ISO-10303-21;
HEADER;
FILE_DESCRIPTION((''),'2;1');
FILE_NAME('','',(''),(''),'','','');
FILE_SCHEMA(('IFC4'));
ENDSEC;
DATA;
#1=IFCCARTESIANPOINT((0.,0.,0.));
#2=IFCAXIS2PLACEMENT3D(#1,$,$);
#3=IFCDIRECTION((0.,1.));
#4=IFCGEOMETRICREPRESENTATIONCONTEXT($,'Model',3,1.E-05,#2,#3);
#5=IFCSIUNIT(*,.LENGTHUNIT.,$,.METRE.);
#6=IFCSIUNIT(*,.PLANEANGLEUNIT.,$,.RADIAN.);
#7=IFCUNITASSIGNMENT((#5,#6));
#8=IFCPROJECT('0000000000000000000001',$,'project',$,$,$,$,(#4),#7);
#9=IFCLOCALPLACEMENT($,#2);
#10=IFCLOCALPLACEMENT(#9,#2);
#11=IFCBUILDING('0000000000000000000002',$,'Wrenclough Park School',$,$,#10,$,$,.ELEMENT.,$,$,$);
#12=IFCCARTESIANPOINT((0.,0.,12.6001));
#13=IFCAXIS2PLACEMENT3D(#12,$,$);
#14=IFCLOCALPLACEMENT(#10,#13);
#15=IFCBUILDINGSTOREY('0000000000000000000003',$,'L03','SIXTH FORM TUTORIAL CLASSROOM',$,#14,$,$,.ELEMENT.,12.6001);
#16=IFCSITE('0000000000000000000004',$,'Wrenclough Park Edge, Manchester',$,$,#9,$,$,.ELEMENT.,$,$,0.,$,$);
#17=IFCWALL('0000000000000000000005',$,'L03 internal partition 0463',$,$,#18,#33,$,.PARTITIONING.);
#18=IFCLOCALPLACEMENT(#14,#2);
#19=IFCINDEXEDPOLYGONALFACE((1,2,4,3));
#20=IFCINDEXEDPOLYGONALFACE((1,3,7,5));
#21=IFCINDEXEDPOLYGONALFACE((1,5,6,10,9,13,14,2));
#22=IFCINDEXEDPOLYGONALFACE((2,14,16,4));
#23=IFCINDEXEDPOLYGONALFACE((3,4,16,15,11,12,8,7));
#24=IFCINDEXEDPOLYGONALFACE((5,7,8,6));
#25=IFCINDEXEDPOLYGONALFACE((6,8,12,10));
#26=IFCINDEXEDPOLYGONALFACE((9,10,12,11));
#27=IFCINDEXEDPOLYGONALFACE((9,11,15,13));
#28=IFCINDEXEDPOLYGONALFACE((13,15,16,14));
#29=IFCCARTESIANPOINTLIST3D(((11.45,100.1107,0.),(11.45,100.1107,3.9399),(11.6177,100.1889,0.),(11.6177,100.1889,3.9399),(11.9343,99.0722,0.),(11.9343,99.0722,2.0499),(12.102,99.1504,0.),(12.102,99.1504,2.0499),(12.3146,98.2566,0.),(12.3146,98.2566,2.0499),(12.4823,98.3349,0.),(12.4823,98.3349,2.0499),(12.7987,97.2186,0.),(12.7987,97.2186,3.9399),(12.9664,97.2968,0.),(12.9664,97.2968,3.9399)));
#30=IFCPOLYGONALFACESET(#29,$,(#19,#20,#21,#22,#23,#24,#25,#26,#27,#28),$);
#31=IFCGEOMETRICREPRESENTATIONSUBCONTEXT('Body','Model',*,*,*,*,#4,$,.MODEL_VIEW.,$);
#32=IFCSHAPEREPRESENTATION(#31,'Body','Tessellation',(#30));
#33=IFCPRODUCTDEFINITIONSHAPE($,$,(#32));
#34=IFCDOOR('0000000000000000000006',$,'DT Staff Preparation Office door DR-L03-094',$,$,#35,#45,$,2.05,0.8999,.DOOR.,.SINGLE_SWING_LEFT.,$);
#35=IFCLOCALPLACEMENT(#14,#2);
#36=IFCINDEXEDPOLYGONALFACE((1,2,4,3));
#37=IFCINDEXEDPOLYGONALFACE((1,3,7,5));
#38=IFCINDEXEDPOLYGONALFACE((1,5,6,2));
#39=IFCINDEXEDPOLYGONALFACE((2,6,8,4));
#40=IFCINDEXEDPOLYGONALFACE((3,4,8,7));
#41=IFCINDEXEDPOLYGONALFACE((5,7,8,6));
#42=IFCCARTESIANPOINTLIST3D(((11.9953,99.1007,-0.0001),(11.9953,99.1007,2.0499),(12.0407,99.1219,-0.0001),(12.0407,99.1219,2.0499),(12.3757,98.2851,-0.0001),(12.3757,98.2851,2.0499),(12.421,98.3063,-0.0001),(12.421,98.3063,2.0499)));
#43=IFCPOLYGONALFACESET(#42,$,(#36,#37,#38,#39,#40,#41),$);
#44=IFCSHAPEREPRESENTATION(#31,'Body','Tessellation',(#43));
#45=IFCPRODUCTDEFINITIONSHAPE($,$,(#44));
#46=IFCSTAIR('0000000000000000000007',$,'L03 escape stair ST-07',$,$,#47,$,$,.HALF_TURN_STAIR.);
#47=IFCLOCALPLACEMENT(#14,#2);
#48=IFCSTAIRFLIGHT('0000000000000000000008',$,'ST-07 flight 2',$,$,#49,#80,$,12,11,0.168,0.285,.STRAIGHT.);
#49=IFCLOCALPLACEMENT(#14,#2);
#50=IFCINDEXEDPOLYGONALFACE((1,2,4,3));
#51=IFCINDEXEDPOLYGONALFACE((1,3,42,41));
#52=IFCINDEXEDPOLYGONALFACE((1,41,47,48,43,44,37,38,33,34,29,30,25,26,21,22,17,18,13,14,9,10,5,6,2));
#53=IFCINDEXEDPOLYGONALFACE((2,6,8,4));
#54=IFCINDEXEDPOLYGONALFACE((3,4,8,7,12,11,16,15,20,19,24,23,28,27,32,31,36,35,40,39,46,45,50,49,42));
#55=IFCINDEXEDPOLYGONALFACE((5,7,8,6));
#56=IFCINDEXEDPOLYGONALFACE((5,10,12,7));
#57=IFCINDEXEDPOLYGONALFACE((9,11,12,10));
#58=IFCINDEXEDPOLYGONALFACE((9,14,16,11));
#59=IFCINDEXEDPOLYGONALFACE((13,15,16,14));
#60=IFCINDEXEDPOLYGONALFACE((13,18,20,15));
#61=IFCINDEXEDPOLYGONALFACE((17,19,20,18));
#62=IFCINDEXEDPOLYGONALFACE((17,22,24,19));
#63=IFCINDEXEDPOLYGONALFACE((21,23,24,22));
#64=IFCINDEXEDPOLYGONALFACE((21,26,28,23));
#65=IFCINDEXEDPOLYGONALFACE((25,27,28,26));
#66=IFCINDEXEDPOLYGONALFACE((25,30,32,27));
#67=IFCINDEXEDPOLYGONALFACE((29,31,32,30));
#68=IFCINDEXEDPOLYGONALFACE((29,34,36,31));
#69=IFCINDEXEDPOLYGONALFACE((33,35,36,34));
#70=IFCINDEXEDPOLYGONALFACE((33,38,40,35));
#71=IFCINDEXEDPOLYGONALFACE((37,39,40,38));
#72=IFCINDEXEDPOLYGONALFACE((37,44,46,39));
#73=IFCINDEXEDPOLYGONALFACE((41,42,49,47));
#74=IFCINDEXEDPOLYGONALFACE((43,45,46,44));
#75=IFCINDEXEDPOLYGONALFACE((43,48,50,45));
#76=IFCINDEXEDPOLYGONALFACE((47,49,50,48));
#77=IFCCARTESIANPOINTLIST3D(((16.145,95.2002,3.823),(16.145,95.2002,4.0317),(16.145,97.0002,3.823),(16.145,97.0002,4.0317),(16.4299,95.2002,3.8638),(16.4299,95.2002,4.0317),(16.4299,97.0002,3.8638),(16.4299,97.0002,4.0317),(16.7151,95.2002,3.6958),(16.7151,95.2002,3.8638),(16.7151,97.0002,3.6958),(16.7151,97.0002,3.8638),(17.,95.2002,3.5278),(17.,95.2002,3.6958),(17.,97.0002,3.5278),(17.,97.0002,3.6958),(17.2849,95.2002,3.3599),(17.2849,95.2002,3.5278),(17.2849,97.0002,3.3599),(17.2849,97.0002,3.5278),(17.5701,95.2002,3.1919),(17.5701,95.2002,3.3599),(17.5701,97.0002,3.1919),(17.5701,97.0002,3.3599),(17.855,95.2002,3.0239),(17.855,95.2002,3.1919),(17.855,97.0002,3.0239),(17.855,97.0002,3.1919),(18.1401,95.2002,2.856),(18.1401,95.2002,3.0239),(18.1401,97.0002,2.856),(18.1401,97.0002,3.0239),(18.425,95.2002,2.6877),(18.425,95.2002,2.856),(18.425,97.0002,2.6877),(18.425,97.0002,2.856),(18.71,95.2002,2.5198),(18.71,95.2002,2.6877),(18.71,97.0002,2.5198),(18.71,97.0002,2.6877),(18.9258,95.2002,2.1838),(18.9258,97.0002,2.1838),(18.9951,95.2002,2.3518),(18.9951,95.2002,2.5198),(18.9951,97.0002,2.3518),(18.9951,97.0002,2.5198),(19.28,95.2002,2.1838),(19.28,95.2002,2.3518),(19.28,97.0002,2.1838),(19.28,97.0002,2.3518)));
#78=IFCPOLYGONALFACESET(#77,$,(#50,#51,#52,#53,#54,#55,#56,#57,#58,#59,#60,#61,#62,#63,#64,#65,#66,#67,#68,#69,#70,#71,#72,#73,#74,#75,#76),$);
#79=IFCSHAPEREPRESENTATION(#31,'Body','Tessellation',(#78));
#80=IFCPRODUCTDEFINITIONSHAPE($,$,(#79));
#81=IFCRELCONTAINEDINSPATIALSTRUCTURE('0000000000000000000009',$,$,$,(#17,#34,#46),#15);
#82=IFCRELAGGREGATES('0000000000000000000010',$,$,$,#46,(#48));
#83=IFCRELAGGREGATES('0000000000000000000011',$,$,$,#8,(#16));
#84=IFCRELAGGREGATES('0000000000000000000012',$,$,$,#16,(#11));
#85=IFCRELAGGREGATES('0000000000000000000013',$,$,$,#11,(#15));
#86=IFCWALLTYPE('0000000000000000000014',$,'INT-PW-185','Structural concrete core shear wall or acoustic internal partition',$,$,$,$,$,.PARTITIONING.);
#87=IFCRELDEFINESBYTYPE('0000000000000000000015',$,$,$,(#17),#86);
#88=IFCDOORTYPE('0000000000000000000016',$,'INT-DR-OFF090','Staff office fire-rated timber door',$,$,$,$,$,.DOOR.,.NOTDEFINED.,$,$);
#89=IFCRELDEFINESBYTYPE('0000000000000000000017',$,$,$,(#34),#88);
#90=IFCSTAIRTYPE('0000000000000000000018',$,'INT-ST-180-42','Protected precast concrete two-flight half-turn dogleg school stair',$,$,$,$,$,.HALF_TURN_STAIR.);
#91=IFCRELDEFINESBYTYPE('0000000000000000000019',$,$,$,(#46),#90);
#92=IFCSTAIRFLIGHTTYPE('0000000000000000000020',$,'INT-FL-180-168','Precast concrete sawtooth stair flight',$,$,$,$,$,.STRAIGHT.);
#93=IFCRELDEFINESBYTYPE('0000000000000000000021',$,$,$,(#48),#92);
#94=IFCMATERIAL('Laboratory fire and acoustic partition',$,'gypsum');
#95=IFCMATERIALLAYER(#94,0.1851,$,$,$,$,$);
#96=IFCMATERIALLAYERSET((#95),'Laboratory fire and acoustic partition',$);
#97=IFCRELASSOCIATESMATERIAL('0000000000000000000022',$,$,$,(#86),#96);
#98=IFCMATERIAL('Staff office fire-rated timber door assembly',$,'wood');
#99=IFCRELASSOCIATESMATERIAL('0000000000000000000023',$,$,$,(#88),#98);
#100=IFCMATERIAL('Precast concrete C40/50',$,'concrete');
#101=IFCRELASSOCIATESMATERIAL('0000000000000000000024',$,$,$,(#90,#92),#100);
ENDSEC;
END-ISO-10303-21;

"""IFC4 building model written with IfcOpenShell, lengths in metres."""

from ifc_helpers import new_model, si_unit, direction, frame, frame_2d, origin, place, context, subcontext, project, spatial, polyline, rectangle, outline, extrude, material, layer, layer_set, type_object, element, fill, aggregate, save


model = new_model("IFC4")

# Units and contexts
model_context = context("Model", 3, precision=1e-05, world=origin(), true_north=direction((0.0, 1.0)))
body_context = subcontext(model_context, "Body", "Model", "MODEL_VIEW")
ifc_project = project(units=[si_unit("LENGTHUNIT", "METRE"), si_unit("PLANEANGLEUNIT", "RADIAN")], contexts=[model_context])

# Site, building, storey
site_placement = place(None, origin())
site = spatial("IfcSite", under=ifc_project, at=site_placement, Name="Wrenclough Park Edge, Manchester", CompositionType="ELEMENT", RefElevation=0.0)
building_placement = place(site_placement, origin())
building = spatial("IfcBuilding", under=site, at=building_placement, Name="Wrenclough Park School", CompositionType="ELEMENT")
storey_placement = place(building_placement, frame((0.0, 0.0, 12.6001)))
storey = spatial("IfcBuildingStorey", under=building, at=storey_placement, Name="L03", Description="SIXTH FORM TUTORIAL CLASSROOM", CompositionType="ELEMENT", Elevation=12.6001)

# Wall, opening, door
ifc_material_1 = material(Name="Laboratory fire and acoustic partition", Category="gypsum")
ifc_layer_1 = layer(ifc_material_1, 0.1851)
ifc_layer_set_1 = layer_set([ifc_layer_1], Name="Laboratory fire and acoustic partition")
wall_type_1 = type_object("IfcWallType", Name="INT-PW-185", Description="Structural concrete core shear wall or acoustic internal partition", PredefinedType="PARTITIONING", material=ifc_layer_set_1)
wall_1_placement = place(storey_placement, frame((12.8826, 97.2576, 0.0), z_axis=(0.0, 0.0, 1.0), x_axis=(-0.422626, 0.906304, 0.0)))
wall_1 = element("IfcWall", 1, at=wall_1_placement, inside=storey, type_object=wall_type_1, Name="L03 internal partition 0463", PredefinedType="PARTITIONING", context=body_context, shape_type="SweptSolid", body=[
    extrude(rectangle(XDim=3.1912, YDim=0.1851, at=frame_2d((1.5957, 0.0))), origin(), (0.0, 0.0, 1.0), 3.9399),
])
opening_1_placement = place(wall_1_placement, frame((1.1455, 0.0, 0.0)))
opening_1 = element("IfcOpeningElement", 2, at=opening_1_placement, cuts=wall_1, PredefinedType="OPENING", context=body_context, shape_type="SweptSolid", body=[
    extrude(rectangle(XDim=0.8999, YDim=2.05, at=frame_2d((0.45, 1.0249))), frame((0.0, 0.1025, 0.0), z_axis=(0.0, -1.0, 0.0), x_axis=(1.0, 0.0, 0.0)), (0.0, 0.0, 1.0), 0.2051),
])
ifc_material_2 = material(Name="Staff office fire-rated timber door assembly", Category="wood")
door_type_1 = type_object("IfcDoorType", Name="INT-DR-OFF090", Description="Staff office fire-rated timber door", OperationType="NOTDEFINED", PredefinedType="DOOR", material=ifc_material_2)
door_1_placement = place(opening_1_placement, frame((0.8999, 0.0, 0.0), z_axis=(0.0, 0.0, 1.0), x_axis=(-1.0, 0.0, 0.0)))
door_1 = element("IfcDoor", 3, at=door_1_placement, inside=storey, type_object=door_type_1, Name="DT Staff Preparation Office door DR-L03-094", OperationType="SINGLE_SWING_LEFT", OverallHeight=2.05, OverallWidth=0.8999, PredefinedType="DOOR", context=body_context, shape_type="SweptSolid", body=[
    extrude(rectangle(XDim=0.8999, YDim=2.05, at=frame_2d((0.45, 1.0249))), frame((0.0, 0.0249, 0.0), z_axis=(0.0, -1.0, 0.0), x_axis=(1.0, 0.0, 0.0)), (0.0, 0.0, 1.0), 0.05),
])
fill(opening_1, door_1)

# Stair, stair flight
ifc_material_3 = material(Name="Precast concrete C40/50", Category="concrete")
stair_type = type_object("IfcStairType", Name="INT-ST-180-42", Description="Protected precast concrete two-flight half-turn dogleg school stair", PredefinedType="HALF_TURN_STAIR", material=ifc_material_3)
stair_placement = place(storey_placement, origin())
stair = element("IfcStair", 4, at=stair_placement, inside=storey, type_object=stair_type, Name="L03 escape stair ST-07", PredefinedType="HALF_TURN_STAIR")
stair_flight_type = type_object("IfcStairFlightType", Name="INT-FL-180-168", Description="Precast concrete sawtooth stair flight", PredefinedType="STRAIGHT", material=ifc_material_3)
stair_flight_placement = place(storey_placement, frame((19.28, 96.1001, 2.1838), z_axis=(0.0, 0.0, 1.0), x_axis=(-1.0, 0.0, 0.0)))
stair_flight = element("IfcStairFlight", 5, at=stair_flight_placement, type_object=stair_flight_type, Name="ST-07 flight 2", NumberOfRisers=12, NumberOfTreads=11, PredefinedType="STRAIGHT", RiserHeight=0.168, TreadLength=0.285, context=body_context, shape_type="SweptSolid", body=[
    extrude(outline(polyline([(0.0, 0.0), (0.0, 0.168), (0.2849, 0.168), (0.2849, 0.3359), (0.5701, 0.3359), (0.5701, 0.5039), (0.855, 0.5039), (0.855, 0.6721), (1.1399, 0.6721), (1.1399, 0.8401), (1.425, 0.8401), (1.425, 1.0081), (1.71, 1.0081), (1.71, 1.176), (1.9951, 1.176), (1.9951, 1.344), (2.28, 1.344), (2.28, 1.512), (2.5649, 1.512), (2.5649, 1.6799), (2.8501, 1.6799), (2.8501, 1.8479), (3.135, 1.8479), (3.135, 2.0161), (3.135, 1.6392), (0.3542, 0.0), (0.0, 0.0)])), frame((0.0, 0.8999, 0.0), z_axis=(0.0, -1.0, 0.0), x_axis=(1.0, 0.0, 0.0)), (0.0, 0.0, 1.0), 1.8),
])
aggregate(stair, [stair_flight])

save(model, "model.ifc")
